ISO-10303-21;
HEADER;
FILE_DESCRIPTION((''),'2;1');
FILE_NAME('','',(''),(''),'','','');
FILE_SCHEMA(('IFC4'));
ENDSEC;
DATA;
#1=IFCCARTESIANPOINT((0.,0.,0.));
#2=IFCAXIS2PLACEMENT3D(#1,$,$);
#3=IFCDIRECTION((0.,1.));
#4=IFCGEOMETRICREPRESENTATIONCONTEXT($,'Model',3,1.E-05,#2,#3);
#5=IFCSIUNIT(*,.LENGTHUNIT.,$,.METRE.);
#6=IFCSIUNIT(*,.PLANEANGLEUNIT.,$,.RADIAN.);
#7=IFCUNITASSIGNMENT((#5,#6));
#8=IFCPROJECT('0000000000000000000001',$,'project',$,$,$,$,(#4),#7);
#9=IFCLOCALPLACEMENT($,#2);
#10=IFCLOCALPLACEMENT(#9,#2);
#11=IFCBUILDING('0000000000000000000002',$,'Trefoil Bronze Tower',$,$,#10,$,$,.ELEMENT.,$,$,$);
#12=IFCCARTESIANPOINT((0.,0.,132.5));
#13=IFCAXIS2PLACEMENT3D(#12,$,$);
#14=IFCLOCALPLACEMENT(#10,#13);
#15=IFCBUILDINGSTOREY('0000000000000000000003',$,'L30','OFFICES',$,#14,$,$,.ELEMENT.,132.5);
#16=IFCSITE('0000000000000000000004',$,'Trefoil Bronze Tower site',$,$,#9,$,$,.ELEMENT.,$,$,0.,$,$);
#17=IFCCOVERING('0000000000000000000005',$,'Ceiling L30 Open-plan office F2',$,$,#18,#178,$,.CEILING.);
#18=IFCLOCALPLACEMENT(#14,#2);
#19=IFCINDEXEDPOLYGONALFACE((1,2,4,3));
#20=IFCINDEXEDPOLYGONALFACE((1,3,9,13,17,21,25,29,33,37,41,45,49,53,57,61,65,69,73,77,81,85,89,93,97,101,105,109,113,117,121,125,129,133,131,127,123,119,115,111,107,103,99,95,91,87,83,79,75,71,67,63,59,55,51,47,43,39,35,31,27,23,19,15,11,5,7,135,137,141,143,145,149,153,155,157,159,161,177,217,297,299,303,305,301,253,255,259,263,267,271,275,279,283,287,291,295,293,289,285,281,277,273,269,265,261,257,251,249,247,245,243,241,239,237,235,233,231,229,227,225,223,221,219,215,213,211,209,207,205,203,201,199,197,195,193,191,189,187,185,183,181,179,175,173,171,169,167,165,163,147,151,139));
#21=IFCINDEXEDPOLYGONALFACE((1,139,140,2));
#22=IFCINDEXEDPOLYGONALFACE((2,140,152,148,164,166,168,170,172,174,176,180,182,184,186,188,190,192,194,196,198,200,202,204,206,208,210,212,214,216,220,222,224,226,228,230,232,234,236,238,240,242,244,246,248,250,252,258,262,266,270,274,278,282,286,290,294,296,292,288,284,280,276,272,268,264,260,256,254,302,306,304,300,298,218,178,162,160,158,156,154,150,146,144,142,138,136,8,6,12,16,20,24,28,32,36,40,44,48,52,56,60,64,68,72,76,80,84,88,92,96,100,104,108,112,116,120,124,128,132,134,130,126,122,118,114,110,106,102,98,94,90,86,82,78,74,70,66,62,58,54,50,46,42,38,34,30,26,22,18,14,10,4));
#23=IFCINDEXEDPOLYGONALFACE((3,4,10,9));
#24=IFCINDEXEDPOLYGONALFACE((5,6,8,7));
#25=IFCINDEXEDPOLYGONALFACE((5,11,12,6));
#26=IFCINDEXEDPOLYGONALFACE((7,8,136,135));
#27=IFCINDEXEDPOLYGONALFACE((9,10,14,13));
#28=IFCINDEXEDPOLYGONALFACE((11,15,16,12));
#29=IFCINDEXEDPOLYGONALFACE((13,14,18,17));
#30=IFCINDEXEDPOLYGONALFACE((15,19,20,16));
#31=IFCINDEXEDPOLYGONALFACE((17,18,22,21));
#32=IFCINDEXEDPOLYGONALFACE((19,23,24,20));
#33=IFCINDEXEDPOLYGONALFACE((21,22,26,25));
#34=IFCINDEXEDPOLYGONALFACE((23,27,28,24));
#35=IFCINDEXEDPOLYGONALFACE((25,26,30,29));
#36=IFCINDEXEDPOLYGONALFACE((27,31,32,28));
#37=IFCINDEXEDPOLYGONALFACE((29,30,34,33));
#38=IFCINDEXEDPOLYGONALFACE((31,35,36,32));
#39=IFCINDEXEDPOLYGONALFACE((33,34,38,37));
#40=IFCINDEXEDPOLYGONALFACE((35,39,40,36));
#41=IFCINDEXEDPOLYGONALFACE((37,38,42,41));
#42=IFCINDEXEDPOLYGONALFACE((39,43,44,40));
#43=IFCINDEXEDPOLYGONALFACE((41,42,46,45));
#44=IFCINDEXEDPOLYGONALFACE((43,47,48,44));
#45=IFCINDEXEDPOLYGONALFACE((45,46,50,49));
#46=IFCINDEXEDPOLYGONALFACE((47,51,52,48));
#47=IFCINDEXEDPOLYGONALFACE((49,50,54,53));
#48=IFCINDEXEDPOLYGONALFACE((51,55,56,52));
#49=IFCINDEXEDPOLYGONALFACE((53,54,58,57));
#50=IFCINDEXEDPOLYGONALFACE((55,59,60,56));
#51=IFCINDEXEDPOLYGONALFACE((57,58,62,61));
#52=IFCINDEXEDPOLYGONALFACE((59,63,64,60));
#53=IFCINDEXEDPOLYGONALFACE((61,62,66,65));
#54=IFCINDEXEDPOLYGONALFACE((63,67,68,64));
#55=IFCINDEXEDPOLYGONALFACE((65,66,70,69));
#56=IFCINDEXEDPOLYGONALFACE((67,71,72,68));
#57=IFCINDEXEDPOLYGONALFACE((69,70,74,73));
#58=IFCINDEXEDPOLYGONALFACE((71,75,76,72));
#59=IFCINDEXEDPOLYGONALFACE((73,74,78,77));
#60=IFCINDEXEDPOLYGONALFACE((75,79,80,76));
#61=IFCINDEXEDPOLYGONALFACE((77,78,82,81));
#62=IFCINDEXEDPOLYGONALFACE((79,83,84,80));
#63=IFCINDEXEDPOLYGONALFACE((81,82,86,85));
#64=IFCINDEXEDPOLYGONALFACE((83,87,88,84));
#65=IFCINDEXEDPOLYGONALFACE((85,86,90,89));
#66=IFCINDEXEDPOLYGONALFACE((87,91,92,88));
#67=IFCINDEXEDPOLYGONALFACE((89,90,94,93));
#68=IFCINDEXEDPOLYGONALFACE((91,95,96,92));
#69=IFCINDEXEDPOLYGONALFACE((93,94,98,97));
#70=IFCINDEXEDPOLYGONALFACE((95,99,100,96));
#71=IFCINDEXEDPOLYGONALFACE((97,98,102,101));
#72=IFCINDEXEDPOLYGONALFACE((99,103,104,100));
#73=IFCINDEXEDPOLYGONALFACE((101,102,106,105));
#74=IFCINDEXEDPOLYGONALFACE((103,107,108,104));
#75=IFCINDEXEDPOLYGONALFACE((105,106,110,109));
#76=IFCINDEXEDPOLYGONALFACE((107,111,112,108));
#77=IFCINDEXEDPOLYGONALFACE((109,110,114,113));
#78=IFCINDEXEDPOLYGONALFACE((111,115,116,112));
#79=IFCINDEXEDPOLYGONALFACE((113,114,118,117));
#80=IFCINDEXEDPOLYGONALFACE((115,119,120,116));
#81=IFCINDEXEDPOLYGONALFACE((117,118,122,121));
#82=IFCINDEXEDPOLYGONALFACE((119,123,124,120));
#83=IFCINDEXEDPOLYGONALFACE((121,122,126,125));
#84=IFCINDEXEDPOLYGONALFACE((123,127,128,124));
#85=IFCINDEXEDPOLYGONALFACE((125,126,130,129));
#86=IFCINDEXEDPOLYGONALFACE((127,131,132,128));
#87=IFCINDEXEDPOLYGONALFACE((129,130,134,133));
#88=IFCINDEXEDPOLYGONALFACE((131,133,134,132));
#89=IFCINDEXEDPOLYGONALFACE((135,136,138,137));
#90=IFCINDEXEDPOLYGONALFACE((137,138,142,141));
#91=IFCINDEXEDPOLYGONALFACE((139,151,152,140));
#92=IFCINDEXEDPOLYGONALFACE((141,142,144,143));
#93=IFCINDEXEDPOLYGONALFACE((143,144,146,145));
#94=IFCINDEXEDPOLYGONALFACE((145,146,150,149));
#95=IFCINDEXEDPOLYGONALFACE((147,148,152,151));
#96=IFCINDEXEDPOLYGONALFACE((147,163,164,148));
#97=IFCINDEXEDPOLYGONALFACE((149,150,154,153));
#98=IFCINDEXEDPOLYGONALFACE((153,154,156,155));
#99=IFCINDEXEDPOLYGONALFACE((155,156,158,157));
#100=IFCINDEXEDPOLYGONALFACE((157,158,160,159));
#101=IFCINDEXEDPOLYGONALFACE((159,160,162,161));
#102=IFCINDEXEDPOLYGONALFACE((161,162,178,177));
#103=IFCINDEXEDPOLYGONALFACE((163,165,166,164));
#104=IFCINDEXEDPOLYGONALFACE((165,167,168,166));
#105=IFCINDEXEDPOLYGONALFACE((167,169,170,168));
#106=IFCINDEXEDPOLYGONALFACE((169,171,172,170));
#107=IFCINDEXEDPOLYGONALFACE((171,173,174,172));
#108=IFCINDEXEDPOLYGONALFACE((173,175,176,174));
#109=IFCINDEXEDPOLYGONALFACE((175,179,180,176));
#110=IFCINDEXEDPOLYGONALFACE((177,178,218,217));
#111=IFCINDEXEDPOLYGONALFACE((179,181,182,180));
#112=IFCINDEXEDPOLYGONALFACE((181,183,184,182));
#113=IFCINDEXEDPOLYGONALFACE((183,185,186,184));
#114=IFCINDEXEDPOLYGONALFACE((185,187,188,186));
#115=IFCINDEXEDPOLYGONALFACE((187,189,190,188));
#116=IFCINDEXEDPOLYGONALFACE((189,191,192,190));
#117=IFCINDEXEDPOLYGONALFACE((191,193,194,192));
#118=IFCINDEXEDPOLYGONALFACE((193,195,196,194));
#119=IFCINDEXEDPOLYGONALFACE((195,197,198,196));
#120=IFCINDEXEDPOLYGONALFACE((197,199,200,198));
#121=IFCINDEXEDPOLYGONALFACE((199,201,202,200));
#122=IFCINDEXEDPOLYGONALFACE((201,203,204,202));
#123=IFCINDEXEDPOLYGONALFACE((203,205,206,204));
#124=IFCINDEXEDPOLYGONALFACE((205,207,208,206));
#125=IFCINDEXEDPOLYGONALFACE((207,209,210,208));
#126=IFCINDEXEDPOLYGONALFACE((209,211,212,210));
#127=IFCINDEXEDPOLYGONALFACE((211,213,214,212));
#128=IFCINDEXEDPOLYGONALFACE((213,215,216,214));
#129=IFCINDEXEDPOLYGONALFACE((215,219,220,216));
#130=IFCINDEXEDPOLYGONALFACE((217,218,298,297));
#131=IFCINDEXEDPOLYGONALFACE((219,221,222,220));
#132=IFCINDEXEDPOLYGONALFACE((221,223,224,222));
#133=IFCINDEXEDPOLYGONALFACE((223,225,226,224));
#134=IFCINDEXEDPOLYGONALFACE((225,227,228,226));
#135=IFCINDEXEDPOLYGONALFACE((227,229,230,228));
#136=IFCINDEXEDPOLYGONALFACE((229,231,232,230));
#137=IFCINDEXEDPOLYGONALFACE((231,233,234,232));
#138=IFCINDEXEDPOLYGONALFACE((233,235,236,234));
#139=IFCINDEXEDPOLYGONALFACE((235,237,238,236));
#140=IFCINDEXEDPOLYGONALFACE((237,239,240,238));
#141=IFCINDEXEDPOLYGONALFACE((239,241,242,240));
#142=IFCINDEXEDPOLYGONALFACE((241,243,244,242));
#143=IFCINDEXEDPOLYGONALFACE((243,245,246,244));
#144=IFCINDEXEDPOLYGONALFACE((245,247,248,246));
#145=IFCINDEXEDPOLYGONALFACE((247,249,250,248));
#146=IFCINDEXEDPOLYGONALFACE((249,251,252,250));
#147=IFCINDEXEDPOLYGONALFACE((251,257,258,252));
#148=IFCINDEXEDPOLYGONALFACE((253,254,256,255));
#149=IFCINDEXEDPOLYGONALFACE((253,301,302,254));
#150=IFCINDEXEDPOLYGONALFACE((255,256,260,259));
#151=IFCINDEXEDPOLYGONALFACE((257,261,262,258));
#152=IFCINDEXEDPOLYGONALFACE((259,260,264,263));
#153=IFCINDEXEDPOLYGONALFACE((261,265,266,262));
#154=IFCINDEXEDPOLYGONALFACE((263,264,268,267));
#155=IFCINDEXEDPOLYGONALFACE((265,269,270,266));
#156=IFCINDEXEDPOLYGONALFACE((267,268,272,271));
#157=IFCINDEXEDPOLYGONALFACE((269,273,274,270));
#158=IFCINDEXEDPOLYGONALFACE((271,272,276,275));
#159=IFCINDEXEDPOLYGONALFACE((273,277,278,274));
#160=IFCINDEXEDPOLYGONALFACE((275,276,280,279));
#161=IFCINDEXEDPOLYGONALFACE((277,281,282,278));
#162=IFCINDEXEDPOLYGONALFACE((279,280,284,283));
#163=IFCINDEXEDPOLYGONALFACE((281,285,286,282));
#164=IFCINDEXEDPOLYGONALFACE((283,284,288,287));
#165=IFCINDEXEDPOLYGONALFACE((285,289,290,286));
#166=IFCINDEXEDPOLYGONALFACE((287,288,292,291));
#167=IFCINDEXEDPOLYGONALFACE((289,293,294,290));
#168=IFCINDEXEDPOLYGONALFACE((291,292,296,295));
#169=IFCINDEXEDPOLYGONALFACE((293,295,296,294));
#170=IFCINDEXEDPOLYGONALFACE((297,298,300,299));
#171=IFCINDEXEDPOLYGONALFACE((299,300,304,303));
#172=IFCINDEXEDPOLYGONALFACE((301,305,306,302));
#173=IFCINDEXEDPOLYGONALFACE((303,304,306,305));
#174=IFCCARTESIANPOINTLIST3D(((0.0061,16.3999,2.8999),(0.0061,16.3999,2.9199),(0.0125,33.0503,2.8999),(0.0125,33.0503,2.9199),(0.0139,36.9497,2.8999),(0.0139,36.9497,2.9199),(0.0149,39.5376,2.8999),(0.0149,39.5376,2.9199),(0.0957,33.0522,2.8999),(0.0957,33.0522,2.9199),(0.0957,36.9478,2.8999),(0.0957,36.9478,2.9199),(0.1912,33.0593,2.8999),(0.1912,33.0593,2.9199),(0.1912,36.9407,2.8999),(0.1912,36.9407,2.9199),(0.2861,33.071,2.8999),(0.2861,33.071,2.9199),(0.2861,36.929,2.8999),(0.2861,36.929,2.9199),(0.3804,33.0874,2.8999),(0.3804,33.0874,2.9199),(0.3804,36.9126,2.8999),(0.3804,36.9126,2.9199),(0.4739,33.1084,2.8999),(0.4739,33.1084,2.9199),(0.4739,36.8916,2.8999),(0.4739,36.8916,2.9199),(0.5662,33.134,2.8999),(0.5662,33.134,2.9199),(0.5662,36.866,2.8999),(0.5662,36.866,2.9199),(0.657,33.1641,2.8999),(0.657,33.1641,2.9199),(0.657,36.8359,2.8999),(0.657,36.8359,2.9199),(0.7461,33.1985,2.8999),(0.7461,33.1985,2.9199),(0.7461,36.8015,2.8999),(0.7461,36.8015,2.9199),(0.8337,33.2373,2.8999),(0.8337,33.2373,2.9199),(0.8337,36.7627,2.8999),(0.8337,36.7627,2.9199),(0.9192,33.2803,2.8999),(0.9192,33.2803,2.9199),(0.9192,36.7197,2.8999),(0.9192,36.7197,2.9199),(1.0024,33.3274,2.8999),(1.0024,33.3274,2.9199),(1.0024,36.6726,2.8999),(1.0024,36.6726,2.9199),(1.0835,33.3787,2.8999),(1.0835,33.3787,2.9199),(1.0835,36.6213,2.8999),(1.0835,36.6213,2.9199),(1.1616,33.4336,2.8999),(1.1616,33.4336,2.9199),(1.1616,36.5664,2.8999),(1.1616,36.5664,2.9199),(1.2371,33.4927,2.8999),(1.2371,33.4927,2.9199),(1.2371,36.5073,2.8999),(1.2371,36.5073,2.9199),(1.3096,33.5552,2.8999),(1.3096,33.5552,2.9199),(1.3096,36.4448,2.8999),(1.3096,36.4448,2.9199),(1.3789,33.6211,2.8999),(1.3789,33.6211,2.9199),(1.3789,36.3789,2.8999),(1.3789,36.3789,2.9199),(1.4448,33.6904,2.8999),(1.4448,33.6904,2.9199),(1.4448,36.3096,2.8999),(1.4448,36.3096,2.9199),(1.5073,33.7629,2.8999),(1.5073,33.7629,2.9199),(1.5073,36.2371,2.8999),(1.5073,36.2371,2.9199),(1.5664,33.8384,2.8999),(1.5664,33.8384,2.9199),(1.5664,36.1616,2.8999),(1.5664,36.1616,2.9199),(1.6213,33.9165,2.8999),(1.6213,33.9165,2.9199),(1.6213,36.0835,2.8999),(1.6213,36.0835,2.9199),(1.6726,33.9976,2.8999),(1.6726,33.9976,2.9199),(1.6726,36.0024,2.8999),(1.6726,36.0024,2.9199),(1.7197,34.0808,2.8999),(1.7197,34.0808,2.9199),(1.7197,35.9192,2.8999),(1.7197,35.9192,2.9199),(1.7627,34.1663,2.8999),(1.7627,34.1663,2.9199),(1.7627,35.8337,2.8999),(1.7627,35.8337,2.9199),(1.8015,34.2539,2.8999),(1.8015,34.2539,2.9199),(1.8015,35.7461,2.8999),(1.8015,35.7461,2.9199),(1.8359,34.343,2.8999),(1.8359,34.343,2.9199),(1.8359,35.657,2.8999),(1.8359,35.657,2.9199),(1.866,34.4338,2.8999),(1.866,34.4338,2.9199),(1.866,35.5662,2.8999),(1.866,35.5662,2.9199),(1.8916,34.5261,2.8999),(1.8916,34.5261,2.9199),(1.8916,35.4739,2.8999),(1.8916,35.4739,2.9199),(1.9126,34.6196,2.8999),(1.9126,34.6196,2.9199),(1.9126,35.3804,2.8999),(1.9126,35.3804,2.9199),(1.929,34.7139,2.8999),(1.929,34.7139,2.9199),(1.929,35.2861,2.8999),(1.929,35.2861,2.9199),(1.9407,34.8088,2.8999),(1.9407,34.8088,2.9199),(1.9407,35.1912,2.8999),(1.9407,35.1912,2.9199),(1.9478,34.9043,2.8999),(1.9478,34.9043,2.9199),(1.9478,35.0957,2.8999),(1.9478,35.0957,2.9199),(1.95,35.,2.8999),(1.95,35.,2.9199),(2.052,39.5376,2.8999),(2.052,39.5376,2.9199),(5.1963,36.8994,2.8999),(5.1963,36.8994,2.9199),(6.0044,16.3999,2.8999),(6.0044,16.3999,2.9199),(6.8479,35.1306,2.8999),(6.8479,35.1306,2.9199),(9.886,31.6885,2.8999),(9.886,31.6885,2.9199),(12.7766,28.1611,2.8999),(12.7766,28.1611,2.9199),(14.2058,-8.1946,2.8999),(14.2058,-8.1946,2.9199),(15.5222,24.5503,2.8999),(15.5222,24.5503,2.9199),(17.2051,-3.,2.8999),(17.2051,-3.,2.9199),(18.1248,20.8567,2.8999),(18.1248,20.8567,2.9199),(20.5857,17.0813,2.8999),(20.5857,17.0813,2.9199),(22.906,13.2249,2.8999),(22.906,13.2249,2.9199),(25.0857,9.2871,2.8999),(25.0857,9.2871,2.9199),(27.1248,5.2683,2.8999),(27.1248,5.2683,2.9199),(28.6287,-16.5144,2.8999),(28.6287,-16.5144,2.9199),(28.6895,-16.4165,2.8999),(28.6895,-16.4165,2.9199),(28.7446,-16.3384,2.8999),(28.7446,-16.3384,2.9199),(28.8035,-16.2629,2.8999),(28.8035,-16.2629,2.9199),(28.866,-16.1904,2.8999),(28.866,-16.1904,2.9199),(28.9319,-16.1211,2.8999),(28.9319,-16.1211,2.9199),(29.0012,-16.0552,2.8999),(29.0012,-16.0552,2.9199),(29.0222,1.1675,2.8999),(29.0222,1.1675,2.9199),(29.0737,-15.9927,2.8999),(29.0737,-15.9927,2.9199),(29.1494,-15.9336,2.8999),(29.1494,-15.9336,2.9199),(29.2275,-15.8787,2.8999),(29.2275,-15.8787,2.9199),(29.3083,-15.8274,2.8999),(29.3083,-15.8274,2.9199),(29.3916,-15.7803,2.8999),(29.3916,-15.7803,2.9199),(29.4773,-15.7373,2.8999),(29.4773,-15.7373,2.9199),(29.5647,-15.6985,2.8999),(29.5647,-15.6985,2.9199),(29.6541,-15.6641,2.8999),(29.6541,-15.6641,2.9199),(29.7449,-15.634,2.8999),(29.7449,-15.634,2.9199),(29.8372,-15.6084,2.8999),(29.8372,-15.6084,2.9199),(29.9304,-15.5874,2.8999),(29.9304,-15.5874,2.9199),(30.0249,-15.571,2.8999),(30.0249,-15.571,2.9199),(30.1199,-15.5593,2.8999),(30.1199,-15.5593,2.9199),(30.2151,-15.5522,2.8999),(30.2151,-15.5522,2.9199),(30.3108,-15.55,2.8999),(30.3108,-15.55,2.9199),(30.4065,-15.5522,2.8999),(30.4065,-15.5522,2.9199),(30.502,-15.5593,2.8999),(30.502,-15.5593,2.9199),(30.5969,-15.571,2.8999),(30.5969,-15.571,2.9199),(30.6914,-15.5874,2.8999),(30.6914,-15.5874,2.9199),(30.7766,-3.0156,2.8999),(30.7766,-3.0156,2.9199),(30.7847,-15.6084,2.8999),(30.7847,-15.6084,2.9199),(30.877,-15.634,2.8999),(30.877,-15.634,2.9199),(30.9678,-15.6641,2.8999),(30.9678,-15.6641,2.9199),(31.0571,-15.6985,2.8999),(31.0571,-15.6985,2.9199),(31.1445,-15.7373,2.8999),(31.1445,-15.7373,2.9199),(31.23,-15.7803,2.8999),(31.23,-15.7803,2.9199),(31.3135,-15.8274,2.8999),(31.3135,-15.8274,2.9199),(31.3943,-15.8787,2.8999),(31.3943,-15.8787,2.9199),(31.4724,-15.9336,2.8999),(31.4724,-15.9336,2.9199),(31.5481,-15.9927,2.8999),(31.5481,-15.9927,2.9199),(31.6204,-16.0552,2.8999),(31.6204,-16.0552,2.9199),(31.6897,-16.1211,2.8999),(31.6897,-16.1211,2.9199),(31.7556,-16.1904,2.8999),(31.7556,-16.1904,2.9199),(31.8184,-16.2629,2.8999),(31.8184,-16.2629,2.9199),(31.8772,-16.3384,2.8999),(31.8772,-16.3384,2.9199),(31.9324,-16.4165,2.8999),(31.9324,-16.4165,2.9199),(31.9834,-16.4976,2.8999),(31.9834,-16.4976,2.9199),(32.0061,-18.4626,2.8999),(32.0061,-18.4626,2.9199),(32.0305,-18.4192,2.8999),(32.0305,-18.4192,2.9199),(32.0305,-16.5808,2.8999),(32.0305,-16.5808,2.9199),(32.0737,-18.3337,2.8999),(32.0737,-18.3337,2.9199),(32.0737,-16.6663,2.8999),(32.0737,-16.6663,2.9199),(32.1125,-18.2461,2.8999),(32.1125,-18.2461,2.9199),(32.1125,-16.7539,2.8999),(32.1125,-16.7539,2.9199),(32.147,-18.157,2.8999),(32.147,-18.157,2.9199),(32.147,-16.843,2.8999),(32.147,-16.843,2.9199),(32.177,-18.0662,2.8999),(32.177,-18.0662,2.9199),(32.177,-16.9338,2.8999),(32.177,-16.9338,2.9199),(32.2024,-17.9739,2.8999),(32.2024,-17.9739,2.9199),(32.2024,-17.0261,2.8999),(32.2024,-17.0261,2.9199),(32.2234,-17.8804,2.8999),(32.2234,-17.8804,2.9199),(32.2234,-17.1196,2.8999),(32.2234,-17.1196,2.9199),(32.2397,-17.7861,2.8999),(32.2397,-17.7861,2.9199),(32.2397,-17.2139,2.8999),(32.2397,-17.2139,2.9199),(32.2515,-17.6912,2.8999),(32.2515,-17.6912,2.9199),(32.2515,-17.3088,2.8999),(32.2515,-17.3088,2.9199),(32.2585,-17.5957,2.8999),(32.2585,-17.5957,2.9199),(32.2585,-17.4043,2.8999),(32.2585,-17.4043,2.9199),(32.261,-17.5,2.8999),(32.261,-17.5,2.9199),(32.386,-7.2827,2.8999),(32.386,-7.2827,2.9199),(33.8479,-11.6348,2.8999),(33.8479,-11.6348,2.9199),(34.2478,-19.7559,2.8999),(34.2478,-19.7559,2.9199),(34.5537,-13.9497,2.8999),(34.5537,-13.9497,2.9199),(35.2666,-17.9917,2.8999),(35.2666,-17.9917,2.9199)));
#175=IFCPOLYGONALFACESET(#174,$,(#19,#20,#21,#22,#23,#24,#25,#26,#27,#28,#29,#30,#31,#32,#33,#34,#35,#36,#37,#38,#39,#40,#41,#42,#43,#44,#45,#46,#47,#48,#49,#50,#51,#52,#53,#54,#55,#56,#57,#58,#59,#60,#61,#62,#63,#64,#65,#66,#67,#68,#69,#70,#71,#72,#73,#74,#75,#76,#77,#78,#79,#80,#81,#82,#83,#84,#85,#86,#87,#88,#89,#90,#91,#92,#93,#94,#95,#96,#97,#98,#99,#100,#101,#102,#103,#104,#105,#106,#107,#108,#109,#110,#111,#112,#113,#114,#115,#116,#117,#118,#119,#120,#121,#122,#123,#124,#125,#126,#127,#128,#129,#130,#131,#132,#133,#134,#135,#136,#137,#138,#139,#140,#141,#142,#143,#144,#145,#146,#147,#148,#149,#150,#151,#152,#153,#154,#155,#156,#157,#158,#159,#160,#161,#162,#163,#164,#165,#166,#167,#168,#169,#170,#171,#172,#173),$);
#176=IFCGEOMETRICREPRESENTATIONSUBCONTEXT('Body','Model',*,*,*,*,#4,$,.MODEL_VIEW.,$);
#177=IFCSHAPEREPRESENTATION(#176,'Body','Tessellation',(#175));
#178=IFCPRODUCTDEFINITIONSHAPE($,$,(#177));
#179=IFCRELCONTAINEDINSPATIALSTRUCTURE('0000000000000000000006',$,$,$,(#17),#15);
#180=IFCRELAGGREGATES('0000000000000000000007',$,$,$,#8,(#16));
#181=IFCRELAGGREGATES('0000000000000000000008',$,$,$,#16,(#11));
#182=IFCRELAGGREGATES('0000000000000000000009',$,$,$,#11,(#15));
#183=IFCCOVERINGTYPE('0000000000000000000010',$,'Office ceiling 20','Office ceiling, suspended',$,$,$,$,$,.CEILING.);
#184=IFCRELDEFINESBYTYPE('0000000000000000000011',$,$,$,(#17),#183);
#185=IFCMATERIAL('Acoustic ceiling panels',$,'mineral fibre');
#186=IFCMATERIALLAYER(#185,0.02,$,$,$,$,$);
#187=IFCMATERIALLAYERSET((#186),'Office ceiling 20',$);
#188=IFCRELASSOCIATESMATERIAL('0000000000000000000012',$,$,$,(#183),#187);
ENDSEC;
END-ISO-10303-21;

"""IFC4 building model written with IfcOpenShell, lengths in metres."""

from ifc_helpers import new_model, si_unit, direction, frame, origin, place, context, subcontext, project, spatial, polyline, outline, extrude, material, layer, layer_set, type_object, element, save


model = new_model("IFC4")

# Units and contexts
model_context = context("Model", 3, precision=1e-05, world=origin(), true_north=direction((0.0, 1.0)))
body_context = subcontext(model_context, "Body", "Model", "MODEL_VIEW")
ifc_project = project(units=[si_unit("LENGTHUNIT", "METRE"), si_unit("PLANEANGLEUNIT", "RADIAN")], contexts=[model_context])

# Site, building, storey
site_placement = place(None, origin())
site = spatial("IfcSite", under=ifc_project, at=site_placement, Name="Trefoil Bronze Tower site", CompositionType="ELEMENT", RefElevation=0.0)
building_placement = place(site_placement, origin())
building = spatial("IfcBuilding", under=site, at=building_placement, Name="Trefoil Bronze Tower", CompositionType="ELEMENT")
storey_placement = place(building_placement, frame((0.0, 0.0, 132.5)))
storey = spatial("IfcBuildingStorey", under=building, at=storey_placement, Name="L30", Description="OFFICES", CompositionType="ELEMENT", Elevation=132.5)

# Covering
ifc_material_1 = material(Name="Acoustic ceiling panels", Category="mineral fibre")
ifc_layer_1 = layer(ifc_material_1, 0.02)
ifc_layer_set_1 = layer_set([ifc_layer_1], Name="Office ceiling 20")
covering_type_1 = type_object("IfcCoveringType", Name="Office ceiling 20", Description="Office ceiling, suspended", PredefinedType="CEILING", material=ifc_layer_set_1)
covering_1_placement = place(storey_placement, frame((0.0, 0.0, 2.8999)))
element("IfcCovering", 1, at=covering_1_placement, inside=storey, type_object=covering_type_1, Name="Ceiling L30 Open-plan office F2", PredefinedType="CEILING", context=body_context, shape_type="SweptSolid", body=[
    extrude(outline(polyline([(6.8479, 35.1306), (9.886, 31.6885), (12.7766, 28.1611), (15.5222, 24.5503), (18.1248, 20.8567), (20.5857, 17.0813), (22.906, 13.2249), (25.0857, 9.2871), (27.1248, 5.2683), (29.0222, 1.1675), (30.7766, -3.0156), (32.386, -7.2827), (33.8479, -11.6348), (34.5537, -13.9497), (35.2666, -17.9917), (34.2478, -19.7559), (32.0061, -18.4626), (32.0305, -18.4192), (32.0737, -18.3337), (32.1125, -18.2461), (32.147, -18.157), (32.177, -18.0662), (32.2024, -17.9739), (32.2234, -17.8804), (32.2397, -17.7861), (32.2515, -17.6912), (32.2585, -17.5957), (32.261, -17.5), (32.2585, -17.4043), (32.2515, -17.3088), (32.2397, -17.2139), (32.2234, -17.1196), (32.2024, -17.0261), (32.177, -16.9338), (32.147, -16.843), (32.1125, -16.7539), (32.0737, -16.6663), (32.0305, -16.5808), (31.9834, -16.4976), (31.9324, -16.4165), (31.8772, -16.3384), (31.8184, -16.2629), (31.7556, -16.1904), (31.6897, -16.1211), (31.6204, -16.0552), (31.5481, -15.9927), (31.4724, -15.9336), (31.3943, -15.8787), (31.3135, -15.8274), (31.23, -15.7803), (31.1445, -15.7373), (31.0571, -15.6985), (30.9678, -15.6641), (30.877, -15.634), (30.7847, -15.6084), (30.6914, -15.5874), (30.5969, -15.571), (30.502, -15.5593), (30.4065, -15.5522), (30.3108, -15.55), (30.2151, -15.5522), (30.1199, -15.5593), (30.0249, -15.571), (29.9304, -15.5874), (29.8372, -15.6084), (29.7449, -15.634), (29.6541, -15.6641), (29.5647, -15.6985), (29.4773, -15.7373), (29.3916, -15.7803), (29.3083, -15.8274), (29.2275, -15.8787), (29.1494, -15.9336), (29.0737, -15.9927), (29.0012, -16.0552), (28.9319, -16.1211), (28.866, -16.1904), (28.8035, -16.2629), (28.7446, -16.3384), (28.6895, -16.4165), (28.6287, -16.5144), (14.2058, -8.1946), (17.2051, -3.0), (6.0044, 16.3999), (0.0061, 16.3999), (0.0125, 33.0503), (0.0957, 33.0522), (0.1912, 33.0593), (0.2861, 33.071), (0.3804, 33.0874), (0.4739, 33.1084), (0.5662, 33.134), (0.657, 33.1641), (0.7461, 33.1985), (0.8337, 33.2373), (0.9192, 33.2803), (1.0024, 33.3274), (1.0835, 33.3787), (1.1616, 33.4336), (1.2371, 33.4927), (1.3096, 33.5552), (1.3789, 33.6211), (1.4448, 33.6904), (1.5073, 33.7629), (1.5664, 33.8384), (1.6213, 33.9165), (1.6726, 33.9976), (1.7197, 34.0808), (1.7627, 34.1663), (1.8015, 34.2539), (1.8359, 34.343), (1.866, 34.4338), (1.8916, 34.5261), (1.9126, 34.6196), (1.929, 34.7139), (1.9407, 34.8088), (1.9478, 34.9043), (1.95, 35.0), (1.9478, 35.0957), (1.9407, 35.1912), (1.929, 35.2861), (1.9126, 35.3804), (1.8916, 35.4739), (1.866, 35.5662), (1.8359, 35.657), (1.8015, 35.7461), (1.7627, 35.8337), (1.7197, 35.9192), (1.6726, 36.0024), (1.6213, 36.0835), (1.5664, 36.1616), (1.5073, 36.2371), (1.4448, 36.3096), (1.3789, 36.3789), (1.3096, 36.4448), (1.2371, 36.5073), (1.1616, 36.5664), (1.0835, 36.6213), (1.0024, 36.6726), (0.9192, 36.7197), (0.8337, 36.7627), (0.7461, 36.8015), (0.657, 36.8359), (0.5662, 36.866), (0.4739, 36.8916), (0.3804, 36.9126), (0.2861, 36.929), (0.1912, 36.9407), (0.0957, 36.9478), (0.0139, 36.9497), (0.0149, 39.5376), (2.052, 39.5376), (5.1963, 36.8994), (6.8479, 35.1306)])), origin(), (0.0, 0.0, 1.0), 0.02),
])

save(model, "model.ifc")
